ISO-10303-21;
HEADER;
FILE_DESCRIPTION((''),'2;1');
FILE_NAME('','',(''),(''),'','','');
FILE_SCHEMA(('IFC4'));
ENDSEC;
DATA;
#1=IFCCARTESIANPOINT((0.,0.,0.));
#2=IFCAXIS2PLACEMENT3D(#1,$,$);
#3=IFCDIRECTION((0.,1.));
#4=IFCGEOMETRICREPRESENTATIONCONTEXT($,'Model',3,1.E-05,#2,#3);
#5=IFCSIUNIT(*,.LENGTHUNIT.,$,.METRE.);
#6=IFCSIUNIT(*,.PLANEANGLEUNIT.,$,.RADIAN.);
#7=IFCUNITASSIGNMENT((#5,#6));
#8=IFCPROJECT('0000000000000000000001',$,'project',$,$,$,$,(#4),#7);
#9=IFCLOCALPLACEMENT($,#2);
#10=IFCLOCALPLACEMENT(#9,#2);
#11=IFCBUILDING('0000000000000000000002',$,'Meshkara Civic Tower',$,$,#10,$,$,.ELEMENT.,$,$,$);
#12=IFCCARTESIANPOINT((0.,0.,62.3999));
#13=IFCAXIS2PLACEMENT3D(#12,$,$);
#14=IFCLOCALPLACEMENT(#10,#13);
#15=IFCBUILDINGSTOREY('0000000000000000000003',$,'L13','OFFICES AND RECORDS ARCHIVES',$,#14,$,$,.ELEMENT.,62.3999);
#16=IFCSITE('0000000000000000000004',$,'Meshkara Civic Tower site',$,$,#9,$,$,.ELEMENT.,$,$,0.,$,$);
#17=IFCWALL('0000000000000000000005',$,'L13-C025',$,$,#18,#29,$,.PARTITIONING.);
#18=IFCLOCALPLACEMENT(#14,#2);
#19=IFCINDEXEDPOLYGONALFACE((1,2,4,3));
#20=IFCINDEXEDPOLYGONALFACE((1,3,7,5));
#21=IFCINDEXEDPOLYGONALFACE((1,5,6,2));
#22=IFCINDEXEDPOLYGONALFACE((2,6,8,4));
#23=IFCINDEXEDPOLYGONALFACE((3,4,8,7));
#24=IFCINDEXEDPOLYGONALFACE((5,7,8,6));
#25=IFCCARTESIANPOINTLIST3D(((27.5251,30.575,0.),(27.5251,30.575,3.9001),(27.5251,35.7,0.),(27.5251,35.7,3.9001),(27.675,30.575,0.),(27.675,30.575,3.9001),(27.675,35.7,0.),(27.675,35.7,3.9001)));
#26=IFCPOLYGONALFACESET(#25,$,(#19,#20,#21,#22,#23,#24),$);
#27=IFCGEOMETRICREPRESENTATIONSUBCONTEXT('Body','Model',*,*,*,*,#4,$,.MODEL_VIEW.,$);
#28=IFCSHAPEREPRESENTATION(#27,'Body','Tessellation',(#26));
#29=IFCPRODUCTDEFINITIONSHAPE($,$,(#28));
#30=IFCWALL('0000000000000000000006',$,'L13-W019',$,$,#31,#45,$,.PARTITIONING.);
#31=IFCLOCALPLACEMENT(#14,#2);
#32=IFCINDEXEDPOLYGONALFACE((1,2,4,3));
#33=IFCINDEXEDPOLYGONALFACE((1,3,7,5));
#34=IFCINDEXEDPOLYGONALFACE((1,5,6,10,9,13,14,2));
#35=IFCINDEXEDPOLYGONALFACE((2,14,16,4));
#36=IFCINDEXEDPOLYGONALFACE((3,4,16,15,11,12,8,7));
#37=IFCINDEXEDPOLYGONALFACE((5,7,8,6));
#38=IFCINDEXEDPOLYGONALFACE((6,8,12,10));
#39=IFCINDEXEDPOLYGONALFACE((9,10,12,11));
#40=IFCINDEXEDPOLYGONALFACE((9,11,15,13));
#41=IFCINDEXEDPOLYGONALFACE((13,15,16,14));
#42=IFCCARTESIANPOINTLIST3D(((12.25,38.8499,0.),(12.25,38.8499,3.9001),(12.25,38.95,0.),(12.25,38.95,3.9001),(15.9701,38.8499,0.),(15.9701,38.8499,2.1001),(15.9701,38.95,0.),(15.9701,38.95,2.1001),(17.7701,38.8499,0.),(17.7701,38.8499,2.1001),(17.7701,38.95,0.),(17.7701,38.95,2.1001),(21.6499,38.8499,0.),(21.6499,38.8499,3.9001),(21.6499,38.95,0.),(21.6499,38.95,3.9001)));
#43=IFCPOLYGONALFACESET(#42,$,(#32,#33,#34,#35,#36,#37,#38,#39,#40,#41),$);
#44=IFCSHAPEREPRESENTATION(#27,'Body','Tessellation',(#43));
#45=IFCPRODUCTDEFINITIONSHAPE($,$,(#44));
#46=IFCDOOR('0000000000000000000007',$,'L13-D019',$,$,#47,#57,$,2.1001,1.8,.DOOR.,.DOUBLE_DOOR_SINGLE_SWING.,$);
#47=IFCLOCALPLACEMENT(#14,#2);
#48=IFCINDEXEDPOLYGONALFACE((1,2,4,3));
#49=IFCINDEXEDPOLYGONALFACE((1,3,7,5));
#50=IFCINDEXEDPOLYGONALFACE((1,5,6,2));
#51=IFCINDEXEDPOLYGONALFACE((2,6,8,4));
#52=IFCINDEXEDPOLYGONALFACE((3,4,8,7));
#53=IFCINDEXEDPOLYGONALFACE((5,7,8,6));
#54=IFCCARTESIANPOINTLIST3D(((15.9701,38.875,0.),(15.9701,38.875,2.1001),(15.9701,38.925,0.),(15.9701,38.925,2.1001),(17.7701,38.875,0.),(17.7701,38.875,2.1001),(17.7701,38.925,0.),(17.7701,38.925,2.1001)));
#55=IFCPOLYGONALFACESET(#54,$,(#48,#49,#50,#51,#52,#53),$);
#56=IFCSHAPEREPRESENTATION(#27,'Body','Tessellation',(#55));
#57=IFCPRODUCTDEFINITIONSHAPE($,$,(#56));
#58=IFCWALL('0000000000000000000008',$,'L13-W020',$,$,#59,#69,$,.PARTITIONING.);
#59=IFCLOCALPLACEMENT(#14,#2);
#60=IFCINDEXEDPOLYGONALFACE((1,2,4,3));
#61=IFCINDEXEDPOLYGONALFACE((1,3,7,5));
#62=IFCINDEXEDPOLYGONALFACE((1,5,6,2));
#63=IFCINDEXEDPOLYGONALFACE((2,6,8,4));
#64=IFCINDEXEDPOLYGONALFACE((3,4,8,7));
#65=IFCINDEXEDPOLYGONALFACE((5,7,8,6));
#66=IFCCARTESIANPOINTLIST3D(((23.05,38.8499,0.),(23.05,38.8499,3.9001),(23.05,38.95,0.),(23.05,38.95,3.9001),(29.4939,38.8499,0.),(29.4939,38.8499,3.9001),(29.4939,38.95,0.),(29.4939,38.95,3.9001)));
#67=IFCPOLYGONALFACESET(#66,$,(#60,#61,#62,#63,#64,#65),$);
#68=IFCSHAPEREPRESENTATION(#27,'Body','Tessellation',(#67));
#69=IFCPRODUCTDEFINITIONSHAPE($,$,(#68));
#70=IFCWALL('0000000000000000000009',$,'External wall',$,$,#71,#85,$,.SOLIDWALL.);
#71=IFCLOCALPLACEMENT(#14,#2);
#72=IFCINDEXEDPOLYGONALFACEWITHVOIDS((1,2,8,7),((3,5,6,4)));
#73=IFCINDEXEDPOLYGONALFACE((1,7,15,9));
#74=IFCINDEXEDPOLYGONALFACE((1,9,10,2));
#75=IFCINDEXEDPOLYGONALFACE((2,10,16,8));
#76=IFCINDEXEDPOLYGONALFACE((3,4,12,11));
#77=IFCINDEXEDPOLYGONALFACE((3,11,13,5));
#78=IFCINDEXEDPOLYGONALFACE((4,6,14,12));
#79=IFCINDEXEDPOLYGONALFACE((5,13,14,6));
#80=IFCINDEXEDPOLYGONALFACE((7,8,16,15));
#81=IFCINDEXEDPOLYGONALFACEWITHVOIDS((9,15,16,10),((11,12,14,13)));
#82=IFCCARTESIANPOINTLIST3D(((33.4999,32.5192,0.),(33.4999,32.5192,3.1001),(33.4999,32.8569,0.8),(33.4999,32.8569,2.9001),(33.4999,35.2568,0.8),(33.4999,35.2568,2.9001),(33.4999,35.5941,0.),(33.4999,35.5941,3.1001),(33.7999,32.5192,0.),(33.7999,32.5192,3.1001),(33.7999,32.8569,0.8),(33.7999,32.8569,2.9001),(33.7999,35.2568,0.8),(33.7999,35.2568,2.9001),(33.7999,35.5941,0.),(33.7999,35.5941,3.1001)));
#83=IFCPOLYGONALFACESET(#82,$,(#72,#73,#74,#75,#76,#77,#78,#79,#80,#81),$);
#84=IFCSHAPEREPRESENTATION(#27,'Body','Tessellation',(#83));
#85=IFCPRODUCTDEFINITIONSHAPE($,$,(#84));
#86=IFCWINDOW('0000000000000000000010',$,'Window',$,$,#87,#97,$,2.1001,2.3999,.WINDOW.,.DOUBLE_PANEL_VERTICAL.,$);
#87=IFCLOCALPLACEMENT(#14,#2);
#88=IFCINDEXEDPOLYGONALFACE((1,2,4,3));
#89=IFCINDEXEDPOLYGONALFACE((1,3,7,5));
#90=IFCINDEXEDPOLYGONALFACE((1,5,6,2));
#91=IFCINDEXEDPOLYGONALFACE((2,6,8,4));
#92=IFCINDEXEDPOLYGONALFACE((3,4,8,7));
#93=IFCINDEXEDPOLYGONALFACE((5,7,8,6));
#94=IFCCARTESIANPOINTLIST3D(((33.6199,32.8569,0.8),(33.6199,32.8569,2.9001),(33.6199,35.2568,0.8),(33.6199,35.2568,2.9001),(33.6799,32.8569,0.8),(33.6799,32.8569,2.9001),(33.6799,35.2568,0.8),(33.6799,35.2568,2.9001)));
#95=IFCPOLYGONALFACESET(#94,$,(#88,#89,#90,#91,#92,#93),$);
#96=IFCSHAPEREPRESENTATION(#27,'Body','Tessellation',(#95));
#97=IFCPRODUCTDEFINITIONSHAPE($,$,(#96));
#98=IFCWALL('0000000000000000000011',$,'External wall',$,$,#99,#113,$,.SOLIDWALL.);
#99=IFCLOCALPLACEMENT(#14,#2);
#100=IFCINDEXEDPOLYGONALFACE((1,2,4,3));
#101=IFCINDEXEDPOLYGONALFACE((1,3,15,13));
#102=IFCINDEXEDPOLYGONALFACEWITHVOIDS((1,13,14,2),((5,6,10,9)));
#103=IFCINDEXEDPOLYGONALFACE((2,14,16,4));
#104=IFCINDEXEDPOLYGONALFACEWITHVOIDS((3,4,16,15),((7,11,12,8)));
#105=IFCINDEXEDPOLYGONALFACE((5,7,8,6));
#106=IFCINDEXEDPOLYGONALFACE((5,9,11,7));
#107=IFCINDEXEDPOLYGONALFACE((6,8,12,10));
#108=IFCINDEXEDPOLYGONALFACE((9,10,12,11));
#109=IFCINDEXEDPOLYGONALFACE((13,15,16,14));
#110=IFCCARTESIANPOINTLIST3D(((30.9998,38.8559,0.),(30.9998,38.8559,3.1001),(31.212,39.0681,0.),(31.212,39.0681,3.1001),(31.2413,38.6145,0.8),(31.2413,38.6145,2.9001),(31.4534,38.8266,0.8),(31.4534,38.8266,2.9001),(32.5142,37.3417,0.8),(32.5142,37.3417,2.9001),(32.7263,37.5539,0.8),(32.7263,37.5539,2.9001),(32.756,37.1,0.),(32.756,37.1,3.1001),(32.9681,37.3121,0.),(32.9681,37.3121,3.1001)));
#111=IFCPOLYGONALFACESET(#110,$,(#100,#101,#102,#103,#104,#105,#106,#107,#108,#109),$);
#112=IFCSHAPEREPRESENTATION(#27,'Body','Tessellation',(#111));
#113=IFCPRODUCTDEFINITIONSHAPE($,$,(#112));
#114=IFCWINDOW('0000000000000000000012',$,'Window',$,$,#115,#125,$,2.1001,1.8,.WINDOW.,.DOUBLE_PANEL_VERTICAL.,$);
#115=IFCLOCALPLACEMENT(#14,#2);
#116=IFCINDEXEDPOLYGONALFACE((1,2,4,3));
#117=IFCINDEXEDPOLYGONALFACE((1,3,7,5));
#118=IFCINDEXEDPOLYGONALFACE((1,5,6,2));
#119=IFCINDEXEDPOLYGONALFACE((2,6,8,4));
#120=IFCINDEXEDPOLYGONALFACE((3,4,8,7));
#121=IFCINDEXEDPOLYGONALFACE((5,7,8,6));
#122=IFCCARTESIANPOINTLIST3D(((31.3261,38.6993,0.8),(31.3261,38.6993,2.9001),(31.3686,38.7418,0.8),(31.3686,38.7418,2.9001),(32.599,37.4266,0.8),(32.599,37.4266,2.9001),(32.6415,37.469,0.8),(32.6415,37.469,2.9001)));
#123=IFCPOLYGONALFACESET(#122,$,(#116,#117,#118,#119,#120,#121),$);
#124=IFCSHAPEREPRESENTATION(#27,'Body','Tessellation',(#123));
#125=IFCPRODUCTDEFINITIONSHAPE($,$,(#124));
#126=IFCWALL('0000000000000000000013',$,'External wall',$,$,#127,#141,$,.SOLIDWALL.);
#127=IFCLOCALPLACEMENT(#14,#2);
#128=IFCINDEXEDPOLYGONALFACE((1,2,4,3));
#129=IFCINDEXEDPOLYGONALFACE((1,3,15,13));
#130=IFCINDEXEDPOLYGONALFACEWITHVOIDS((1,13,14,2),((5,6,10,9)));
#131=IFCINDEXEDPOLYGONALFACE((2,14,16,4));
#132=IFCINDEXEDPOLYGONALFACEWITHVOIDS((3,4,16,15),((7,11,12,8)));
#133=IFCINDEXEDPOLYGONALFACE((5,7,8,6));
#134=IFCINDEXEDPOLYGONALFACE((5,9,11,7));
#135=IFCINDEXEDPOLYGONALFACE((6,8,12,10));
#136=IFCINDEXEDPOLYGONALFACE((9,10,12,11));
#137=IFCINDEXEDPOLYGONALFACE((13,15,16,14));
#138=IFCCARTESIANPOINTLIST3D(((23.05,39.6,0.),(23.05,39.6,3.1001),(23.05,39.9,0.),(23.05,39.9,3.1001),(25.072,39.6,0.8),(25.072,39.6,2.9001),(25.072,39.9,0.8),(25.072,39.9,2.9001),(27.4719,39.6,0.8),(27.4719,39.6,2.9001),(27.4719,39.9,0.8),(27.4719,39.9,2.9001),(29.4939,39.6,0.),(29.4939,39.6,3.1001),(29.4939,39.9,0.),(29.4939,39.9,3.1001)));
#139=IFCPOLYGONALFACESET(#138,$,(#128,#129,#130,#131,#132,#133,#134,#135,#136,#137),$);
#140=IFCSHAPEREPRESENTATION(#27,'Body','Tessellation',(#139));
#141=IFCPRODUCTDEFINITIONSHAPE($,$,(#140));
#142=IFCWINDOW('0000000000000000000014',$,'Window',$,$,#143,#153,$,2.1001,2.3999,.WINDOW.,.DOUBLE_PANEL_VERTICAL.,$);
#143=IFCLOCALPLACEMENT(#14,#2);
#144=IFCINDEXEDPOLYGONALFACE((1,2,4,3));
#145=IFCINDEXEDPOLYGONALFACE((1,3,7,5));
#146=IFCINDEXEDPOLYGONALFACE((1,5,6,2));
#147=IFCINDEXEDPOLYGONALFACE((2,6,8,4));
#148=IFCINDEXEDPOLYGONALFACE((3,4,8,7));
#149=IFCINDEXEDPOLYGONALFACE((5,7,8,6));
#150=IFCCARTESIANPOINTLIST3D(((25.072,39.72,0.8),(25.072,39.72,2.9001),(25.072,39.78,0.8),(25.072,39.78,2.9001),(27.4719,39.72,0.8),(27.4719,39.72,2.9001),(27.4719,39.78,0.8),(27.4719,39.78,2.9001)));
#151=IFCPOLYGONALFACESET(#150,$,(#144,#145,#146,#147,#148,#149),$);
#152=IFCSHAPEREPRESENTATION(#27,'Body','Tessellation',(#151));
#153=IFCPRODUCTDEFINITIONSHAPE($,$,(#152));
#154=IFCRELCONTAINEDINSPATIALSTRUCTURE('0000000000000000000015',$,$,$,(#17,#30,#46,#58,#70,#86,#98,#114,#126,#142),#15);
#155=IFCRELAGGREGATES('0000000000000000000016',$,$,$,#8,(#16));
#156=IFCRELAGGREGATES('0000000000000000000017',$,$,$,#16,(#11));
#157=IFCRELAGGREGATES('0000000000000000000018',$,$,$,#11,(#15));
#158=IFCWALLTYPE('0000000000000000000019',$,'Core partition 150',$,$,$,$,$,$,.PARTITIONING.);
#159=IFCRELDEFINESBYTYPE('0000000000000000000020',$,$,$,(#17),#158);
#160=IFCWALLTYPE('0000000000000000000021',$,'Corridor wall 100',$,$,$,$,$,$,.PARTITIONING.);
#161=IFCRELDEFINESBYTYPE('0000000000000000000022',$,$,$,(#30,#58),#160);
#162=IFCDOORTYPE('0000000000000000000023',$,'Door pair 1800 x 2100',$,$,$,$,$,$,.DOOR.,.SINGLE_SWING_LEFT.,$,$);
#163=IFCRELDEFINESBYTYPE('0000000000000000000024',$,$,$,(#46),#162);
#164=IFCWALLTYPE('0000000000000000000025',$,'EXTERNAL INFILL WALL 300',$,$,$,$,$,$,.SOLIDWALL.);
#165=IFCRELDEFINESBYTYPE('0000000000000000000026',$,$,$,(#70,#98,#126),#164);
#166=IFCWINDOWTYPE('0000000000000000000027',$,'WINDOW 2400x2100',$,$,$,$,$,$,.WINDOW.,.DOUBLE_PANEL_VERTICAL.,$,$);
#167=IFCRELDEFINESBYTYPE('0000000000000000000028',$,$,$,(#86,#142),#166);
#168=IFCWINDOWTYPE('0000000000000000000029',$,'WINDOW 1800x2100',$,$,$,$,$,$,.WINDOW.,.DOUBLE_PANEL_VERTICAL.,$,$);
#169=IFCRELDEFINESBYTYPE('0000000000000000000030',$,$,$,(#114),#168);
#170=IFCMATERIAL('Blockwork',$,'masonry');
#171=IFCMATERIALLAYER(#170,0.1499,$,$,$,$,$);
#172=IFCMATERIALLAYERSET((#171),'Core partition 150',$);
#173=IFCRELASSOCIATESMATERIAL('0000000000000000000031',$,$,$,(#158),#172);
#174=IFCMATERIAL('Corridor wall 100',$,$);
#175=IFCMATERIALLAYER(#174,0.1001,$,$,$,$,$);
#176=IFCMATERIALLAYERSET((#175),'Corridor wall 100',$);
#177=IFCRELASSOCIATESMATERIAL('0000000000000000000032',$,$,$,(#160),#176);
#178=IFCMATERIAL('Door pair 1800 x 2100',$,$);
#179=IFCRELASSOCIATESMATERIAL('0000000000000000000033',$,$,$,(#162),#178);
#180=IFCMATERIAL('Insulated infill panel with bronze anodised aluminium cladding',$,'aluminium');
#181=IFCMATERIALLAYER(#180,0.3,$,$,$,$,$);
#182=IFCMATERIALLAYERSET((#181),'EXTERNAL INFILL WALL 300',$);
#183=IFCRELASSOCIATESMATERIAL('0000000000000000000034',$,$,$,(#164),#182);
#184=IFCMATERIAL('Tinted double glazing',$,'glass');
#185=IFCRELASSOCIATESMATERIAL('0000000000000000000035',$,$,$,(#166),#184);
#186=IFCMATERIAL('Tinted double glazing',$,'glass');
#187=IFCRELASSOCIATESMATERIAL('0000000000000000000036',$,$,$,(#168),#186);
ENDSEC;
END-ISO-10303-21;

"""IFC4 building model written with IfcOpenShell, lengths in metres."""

from ifc_helpers import new_model, si_unit, direction, frame, frame_2d, origin, place, context, subcontext, project, spatial, rectangle, extrude, material, layer, layer_set, type_object, element, fill, save


model = new_model("IFC4")

# Units and contexts
model_context = context("Model", 3, precision=1e-05, world=origin(), true_north=direction((0.0, 1.0)))
body_context = subcontext(model_context, "Body", "Model", "MODEL_VIEW")
ifc_project = project(units=[si_unit("LENGTHUNIT", "METRE"), si_unit("PLANEANGLEUNIT", "RADIAN")], contexts=[model_context])

# Site, building, storey
site_placement = place(None, origin())
site = spatial("IfcSite", under=ifc_project, at=site_placement, Name="Meshkara Civic Tower site", CompositionType="ELEMENT", RefElevation=0.0)
building_placement = place(site_placement, origin())
building = spatial("IfcBuilding", under=site, at=building_placement, Name="Meshkara Civic Tower", CompositionType="ELEMENT")
storey_placement = place(building_placement, frame((0.0, 0.0, 62.3999)))
storey = spatial("IfcBuildingStorey", under=building, at=storey_placement, Name="L13", Description="OFFICES AND RECORDS ARCHIVES", CompositionType="ELEMENT", Elevation=62.3999)

# Shared definitions
ifc_material_1 = material(Name="Blockwork", Category="masonry")
ifc_layer_1 = layer(ifc_material_1, 0.1499)
ifc_layer_set_1 = layer_set([ifc_layer_1], Name="Core partition 150")
wall_type_1 = type_object("IfcWallType", Name="Core partition 150", PredefinedType="PARTITIONING", material=ifc_layer_set_1)

# Wall
for number, where, z_axis, x_axis, name in (
    (1, (27.6001, 30.575, 0.0), (0.0, 0.0, 1.0), (0.0, 1.0, 0.0), "L13-C025"),
):
    element("IfcWall", number, at=place(storey_placement, frame(where, z_axis=z_axis, x_axis=x_axis)), inside=storey, type_object=wall_type_1, Name=name, PredefinedType="PARTITIONING", context=body_context, shape_type="SweptSolid", body=[
        extrude(rectangle(XDim=5.125, YDim=0.1499, at=frame_2d((2.5625, 0.0))), origin(), (0.0, 0.0, 1.0), 3.9001),
    ])

# Wall, opening, door
ifc_material_2 = material(Name="Corridor wall 100")
ifc_layer_2 = layer(ifc_material_2, 0.1001)
ifc_layer_set_2 = layer_set([ifc_layer_2], Name="Corridor wall 100")
wall_type_2 = type_object("IfcWallType", Name="Corridor wall 100", PredefinedType="PARTITIONING", material=ifc_layer_set_2)
wall_1_placement = place(storey_placement, frame((21.6499, 38.8999, 0.0), z_axis=(0.0, 0.0, 1.0), x_axis=(-1.0, 0.0, 0.0)))
wall_1 = element("IfcWall", 2, at=wall_1_placement, inside=storey, type_object=wall_type_2, Name="L13-W019", PredefinedType="PARTITIONING", context=body_context, shape_type="SweptSolid", body=[
    extrude(rectangle(XDim=9.3999, YDim=0.1001, at=frame_2d((4.7, 0.0))), origin(), (0.0, 0.0, 1.0), 3.9001),
])
opening_1_placement = place(wall_1_placement, frame((3.8799, 0.0, 0.0)))
opening_1 = element("IfcOpeningElement", 3, at=opening_1_placement, cuts=wall_1, PredefinedType="OPENING", context=body_context, shape_type="SweptSolid", body=[
    extrude(rectangle(XDim=1.8, YDim=2.1001, at=frame_2d((0.8999, 1.05))), frame((0.0, 0.0601, 0.0), z_axis=(0.0, -1.0, 0.0), x_axis=(1.0, 0.0, 0.0)), (0.0, 0.0, 1.0), 0.1201),
])
ifc_material_3 = material(Name="Door pair 1800 x 2100")
door_type_1 = type_object("IfcDoorType", Name="Door pair 1800 x 2100", OperationType="SINGLE_SWING_LEFT", PredefinedType="DOOR", material=ifc_material_3)
door_1_placement = place(opening_1_placement, origin())
door_1 = element("IfcDoor", 4, at=door_1_placement, inside=storey, type_object=door_type_1, Name="L13-D019", OperationType="DOUBLE_DOOR_SINGLE_SWING", OverallHeight=2.1001, OverallWidth=1.8, PredefinedType="DOOR", context=body_context, shape_type="SweptSolid", body=[
    extrude(rectangle(XDim=1.8, YDim=2.1001, at=frame_2d((0.8999, 1.05))), frame((0.0, 0.0249, 0.0), z_axis=(0.0, -1.0, 0.0), x_axis=(1.0, 0.0, 0.0)), (0.0, 0.0, 1.0), 0.05),
])
fill(opening_1, door_1)

# Wall
wall_2_placement = place(storey_placement, frame((29.4939, 38.8999, 0.0), z_axis=(0.0, 0.0, 1.0), x_axis=(-1.0, 0.0, 0.0)))
element("IfcWall", 5, at=wall_2_placement, inside=storey, type_object=wall_type_2, Name="L13-W020", PredefinedType="PARTITIONING", context=body_context, shape_type="SweptSolid", body=[
    extrude(rectangle(XDim=6.4438, YDim=0.1001, at=frame_2d((3.2219, 0.0))), origin(), (0.0, 0.0, 1.0), 3.9001),
])

# Walls, openings, windows
ifc_material_4 = material(Name="Insulated infill panel with bronze anodised aluminium cladding", Category="aluminium")
ifc_layer_3 = layer(ifc_material_4, 0.3)
ifc_layer_set_3 = layer_set([ifc_layer_3], Name="EXTERNAL INFILL WALL 300")
wall_type_3 = type_object("IfcWallType", Name="EXTERNAL INFILL WALL 300", PredefinedType="SOLIDWALL", material=ifc_layer_set_3)
wall_3_placement = place(storey_placement, frame((33.6499, 32.519, 0.0), z_axis=(0.0, 0.0, 1.0), x_axis=(0.0, 1.0, 0.0)))
wall_3 = element("IfcWall", 6, at=wall_3_placement, inside=storey, type_object=wall_type_3, Name="External wall", PredefinedType="SOLIDWALL", context=body_context, shape_type="SweptSolid", body=[
    extrude(rectangle(XDim=3.075, YDim=0.3, at=frame_2d((1.5376, 0.0))), origin(), (0.0, 0.0, 1.0), 3.1001),
])
opening_2_placement = place(wall_3_placement, frame((0.3379, 0.0, 0.8)))
opening_2 = element("IfcOpeningElement", 7, at=opening_2_placement, cuts=wall_3, PredefinedType="OPENING", context=body_context, shape_type="SweptSolid", body=[
    extrude(rectangle(XDim=2.3999, YDim=2.1001, at=frame_2d((1.2, 1.05))), frame((0.0, 0.1599, 0.0), z_axis=(0.0, -1.0, 0.0), x_axis=(1.0, 0.0, 0.0)), (0.0, 0.0, 1.0), 0.3201),
])
ifc_material_5 = material(Name="Tinted double glazing", Category="glass")
window_type_1 = type_object("IfcWindowType", Name="WINDOW 2400x2100", PartitioningType="DOUBLE_PANEL_VERTICAL", PredefinedType="WINDOW", material=ifc_material_5)
window_1_placement = place(opening_2_placement, origin())
window_1 = element("IfcWindow", 8, at=window_1_placement, inside=storey, type_object=window_type_1, Name="Window", OverallHeight=2.1001, OverallWidth=2.3999, PartitioningType="DOUBLE_PANEL_VERTICAL", PredefinedType="WINDOW", context=body_context, shape_type="SweptSolid", body=[
    extrude(rectangle(XDim=2.3999, YDim=2.1001, at=frame_2d((1.2, 1.05))), frame((0.0, 0.03, 0.0), z_axis=(0.0, -1.0, 0.0), x_axis=(1.0, 0.0, 0.0)), (0.0, 0.0, 1.0), 0.0601),
])
fill(opening_2, window_1)
wall_4_placement = place(storey_placement, frame((32.8621, 37.2061, 0.0), z_axis=(0.0, 0.0, 1.0), x_axis=(-0.707156, 0.707058, 0.0)))
wall_4 = element("IfcWall", 9, at=wall_4_placement, inside=storey, type_object=wall_type_3, Name="External wall", PredefinedType="SOLIDWALL", context=body_context, shape_type="SweptSolid", body=[
    extrude(rectangle(XDim=2.4834, YDim=0.3, at=frame_2d((1.2417, 0.0))), origin(), (0.0, 0.0, 1.0), 3.1001),
])
opening_3_placement = place(wall_4_placement, frame((0.342, 0.0, 0.8)))
opening_3 = element("IfcOpeningElement", 10, at=opening_3_placement, cuts=wall_4, PredefinedType="OPENING", context=body_context, shape_type="SweptSolid", body=[
    extrude(rectangle(XDim=1.8, YDim=2.1001, at=frame_2d((0.8999, 1.05))), frame((0.0, 0.1599, 0.0), z_axis=(0.0, -1.0, 0.0), x_axis=(1.0, 0.0, 0.0)), (0.0, 0.0, 1.0), 0.3201),
])
ifc_material_6 = material(Name="Tinted double glazing", Category="glass")
window_type_2 = type_object("IfcWindowType", Name="WINDOW 1800x2100", PartitioningType="DOUBLE_PANEL_VERTICAL", PredefinedType="WINDOW", material=ifc_material_6)
window_2_placement = place(opening_3_placement, origin())
window_2 = element("IfcWindow", 11, at=window_2_placement, inside=storey, type_object=window_type_2, Name="Window", OverallHeight=2.1001, OverallWidth=1.8, PartitioningType="DOUBLE_PANEL_VERTICAL", PredefinedType="WINDOW", context=body_context, shape_type="SweptSolid", body=[
    extrude(rectangle(XDim=1.8, YDim=2.1001, at=frame_2d((0.8999, 1.05))), frame((0.0, 0.03, 0.0), z_axis=(0.0, -1.0, 0.0), x_axis=(1.0, 0.0, 0.0)), (0.0, 0.0, 1.0), 0.0601),
])
fill(opening_3, window_2)
wall_5_placement = place(storey_placement, frame((29.4939, 39.75, 0.0), z_axis=(0.0, 0.0, 1.0), x_axis=(-1.0, 0.0, 0.0)))
wall_5 = element("IfcWall", 12, at=wall_5_placement, inside=storey, type_object=wall_type_3, Name="External wall", PredefinedType="SOLIDWALL", context=body_context, shape_type="SweptSolid", body=[
    extrude(rectangle(XDim=6.4438, YDim=0.3, at=frame_2d((3.2219, 0.0))), origin(), (0.0, 0.0, 1.0), 3.1001),
])
opening_4_placement = place(wall_5_placement, frame((2.022, 0.0, 0.8)))
opening_4 = element("IfcOpeningElement", 13, at=opening_4_placement, cuts=wall_5, PredefinedType="OPENING", context=body_context, shape_type="SweptSolid", body=[
    extrude(rectangle(XDim=2.3999, YDim=2.1001, at=frame_2d((1.2, 1.05))), frame((0.0, 0.1599, 0.0), z_axis=(0.0, -1.0, 0.0), x_axis=(1.0, 0.0, 0.0)), (0.0, 0.0, 1.0), 0.3201),
])
window_3_placement = place(opening_4_placement, origin())
window_3 = element("IfcWindow", 14, at=window_3_placement, inside=storey, type_object=window_type_1, Name="Window", OverallHeight=2.1001, OverallWidth=2.3999, PartitioningType="DOUBLE_PANEL_VERTICAL", PredefinedType="WINDOW", context=body_context, shape_type="SweptSolid", body=[
    extrude(rectangle(XDim=2.3999, YDim=2.1001, at=frame_2d((1.2, 1.05))), frame((0.0, 0.03, 0.0), z_axis=(0.0, -1.0, 0.0), x_axis=(1.0, 0.0, 0.0)), (0.0, 0.0, 1.0), 0.0601),
])
fill(opening_4, window_3)

save(model, "model.ifc")
